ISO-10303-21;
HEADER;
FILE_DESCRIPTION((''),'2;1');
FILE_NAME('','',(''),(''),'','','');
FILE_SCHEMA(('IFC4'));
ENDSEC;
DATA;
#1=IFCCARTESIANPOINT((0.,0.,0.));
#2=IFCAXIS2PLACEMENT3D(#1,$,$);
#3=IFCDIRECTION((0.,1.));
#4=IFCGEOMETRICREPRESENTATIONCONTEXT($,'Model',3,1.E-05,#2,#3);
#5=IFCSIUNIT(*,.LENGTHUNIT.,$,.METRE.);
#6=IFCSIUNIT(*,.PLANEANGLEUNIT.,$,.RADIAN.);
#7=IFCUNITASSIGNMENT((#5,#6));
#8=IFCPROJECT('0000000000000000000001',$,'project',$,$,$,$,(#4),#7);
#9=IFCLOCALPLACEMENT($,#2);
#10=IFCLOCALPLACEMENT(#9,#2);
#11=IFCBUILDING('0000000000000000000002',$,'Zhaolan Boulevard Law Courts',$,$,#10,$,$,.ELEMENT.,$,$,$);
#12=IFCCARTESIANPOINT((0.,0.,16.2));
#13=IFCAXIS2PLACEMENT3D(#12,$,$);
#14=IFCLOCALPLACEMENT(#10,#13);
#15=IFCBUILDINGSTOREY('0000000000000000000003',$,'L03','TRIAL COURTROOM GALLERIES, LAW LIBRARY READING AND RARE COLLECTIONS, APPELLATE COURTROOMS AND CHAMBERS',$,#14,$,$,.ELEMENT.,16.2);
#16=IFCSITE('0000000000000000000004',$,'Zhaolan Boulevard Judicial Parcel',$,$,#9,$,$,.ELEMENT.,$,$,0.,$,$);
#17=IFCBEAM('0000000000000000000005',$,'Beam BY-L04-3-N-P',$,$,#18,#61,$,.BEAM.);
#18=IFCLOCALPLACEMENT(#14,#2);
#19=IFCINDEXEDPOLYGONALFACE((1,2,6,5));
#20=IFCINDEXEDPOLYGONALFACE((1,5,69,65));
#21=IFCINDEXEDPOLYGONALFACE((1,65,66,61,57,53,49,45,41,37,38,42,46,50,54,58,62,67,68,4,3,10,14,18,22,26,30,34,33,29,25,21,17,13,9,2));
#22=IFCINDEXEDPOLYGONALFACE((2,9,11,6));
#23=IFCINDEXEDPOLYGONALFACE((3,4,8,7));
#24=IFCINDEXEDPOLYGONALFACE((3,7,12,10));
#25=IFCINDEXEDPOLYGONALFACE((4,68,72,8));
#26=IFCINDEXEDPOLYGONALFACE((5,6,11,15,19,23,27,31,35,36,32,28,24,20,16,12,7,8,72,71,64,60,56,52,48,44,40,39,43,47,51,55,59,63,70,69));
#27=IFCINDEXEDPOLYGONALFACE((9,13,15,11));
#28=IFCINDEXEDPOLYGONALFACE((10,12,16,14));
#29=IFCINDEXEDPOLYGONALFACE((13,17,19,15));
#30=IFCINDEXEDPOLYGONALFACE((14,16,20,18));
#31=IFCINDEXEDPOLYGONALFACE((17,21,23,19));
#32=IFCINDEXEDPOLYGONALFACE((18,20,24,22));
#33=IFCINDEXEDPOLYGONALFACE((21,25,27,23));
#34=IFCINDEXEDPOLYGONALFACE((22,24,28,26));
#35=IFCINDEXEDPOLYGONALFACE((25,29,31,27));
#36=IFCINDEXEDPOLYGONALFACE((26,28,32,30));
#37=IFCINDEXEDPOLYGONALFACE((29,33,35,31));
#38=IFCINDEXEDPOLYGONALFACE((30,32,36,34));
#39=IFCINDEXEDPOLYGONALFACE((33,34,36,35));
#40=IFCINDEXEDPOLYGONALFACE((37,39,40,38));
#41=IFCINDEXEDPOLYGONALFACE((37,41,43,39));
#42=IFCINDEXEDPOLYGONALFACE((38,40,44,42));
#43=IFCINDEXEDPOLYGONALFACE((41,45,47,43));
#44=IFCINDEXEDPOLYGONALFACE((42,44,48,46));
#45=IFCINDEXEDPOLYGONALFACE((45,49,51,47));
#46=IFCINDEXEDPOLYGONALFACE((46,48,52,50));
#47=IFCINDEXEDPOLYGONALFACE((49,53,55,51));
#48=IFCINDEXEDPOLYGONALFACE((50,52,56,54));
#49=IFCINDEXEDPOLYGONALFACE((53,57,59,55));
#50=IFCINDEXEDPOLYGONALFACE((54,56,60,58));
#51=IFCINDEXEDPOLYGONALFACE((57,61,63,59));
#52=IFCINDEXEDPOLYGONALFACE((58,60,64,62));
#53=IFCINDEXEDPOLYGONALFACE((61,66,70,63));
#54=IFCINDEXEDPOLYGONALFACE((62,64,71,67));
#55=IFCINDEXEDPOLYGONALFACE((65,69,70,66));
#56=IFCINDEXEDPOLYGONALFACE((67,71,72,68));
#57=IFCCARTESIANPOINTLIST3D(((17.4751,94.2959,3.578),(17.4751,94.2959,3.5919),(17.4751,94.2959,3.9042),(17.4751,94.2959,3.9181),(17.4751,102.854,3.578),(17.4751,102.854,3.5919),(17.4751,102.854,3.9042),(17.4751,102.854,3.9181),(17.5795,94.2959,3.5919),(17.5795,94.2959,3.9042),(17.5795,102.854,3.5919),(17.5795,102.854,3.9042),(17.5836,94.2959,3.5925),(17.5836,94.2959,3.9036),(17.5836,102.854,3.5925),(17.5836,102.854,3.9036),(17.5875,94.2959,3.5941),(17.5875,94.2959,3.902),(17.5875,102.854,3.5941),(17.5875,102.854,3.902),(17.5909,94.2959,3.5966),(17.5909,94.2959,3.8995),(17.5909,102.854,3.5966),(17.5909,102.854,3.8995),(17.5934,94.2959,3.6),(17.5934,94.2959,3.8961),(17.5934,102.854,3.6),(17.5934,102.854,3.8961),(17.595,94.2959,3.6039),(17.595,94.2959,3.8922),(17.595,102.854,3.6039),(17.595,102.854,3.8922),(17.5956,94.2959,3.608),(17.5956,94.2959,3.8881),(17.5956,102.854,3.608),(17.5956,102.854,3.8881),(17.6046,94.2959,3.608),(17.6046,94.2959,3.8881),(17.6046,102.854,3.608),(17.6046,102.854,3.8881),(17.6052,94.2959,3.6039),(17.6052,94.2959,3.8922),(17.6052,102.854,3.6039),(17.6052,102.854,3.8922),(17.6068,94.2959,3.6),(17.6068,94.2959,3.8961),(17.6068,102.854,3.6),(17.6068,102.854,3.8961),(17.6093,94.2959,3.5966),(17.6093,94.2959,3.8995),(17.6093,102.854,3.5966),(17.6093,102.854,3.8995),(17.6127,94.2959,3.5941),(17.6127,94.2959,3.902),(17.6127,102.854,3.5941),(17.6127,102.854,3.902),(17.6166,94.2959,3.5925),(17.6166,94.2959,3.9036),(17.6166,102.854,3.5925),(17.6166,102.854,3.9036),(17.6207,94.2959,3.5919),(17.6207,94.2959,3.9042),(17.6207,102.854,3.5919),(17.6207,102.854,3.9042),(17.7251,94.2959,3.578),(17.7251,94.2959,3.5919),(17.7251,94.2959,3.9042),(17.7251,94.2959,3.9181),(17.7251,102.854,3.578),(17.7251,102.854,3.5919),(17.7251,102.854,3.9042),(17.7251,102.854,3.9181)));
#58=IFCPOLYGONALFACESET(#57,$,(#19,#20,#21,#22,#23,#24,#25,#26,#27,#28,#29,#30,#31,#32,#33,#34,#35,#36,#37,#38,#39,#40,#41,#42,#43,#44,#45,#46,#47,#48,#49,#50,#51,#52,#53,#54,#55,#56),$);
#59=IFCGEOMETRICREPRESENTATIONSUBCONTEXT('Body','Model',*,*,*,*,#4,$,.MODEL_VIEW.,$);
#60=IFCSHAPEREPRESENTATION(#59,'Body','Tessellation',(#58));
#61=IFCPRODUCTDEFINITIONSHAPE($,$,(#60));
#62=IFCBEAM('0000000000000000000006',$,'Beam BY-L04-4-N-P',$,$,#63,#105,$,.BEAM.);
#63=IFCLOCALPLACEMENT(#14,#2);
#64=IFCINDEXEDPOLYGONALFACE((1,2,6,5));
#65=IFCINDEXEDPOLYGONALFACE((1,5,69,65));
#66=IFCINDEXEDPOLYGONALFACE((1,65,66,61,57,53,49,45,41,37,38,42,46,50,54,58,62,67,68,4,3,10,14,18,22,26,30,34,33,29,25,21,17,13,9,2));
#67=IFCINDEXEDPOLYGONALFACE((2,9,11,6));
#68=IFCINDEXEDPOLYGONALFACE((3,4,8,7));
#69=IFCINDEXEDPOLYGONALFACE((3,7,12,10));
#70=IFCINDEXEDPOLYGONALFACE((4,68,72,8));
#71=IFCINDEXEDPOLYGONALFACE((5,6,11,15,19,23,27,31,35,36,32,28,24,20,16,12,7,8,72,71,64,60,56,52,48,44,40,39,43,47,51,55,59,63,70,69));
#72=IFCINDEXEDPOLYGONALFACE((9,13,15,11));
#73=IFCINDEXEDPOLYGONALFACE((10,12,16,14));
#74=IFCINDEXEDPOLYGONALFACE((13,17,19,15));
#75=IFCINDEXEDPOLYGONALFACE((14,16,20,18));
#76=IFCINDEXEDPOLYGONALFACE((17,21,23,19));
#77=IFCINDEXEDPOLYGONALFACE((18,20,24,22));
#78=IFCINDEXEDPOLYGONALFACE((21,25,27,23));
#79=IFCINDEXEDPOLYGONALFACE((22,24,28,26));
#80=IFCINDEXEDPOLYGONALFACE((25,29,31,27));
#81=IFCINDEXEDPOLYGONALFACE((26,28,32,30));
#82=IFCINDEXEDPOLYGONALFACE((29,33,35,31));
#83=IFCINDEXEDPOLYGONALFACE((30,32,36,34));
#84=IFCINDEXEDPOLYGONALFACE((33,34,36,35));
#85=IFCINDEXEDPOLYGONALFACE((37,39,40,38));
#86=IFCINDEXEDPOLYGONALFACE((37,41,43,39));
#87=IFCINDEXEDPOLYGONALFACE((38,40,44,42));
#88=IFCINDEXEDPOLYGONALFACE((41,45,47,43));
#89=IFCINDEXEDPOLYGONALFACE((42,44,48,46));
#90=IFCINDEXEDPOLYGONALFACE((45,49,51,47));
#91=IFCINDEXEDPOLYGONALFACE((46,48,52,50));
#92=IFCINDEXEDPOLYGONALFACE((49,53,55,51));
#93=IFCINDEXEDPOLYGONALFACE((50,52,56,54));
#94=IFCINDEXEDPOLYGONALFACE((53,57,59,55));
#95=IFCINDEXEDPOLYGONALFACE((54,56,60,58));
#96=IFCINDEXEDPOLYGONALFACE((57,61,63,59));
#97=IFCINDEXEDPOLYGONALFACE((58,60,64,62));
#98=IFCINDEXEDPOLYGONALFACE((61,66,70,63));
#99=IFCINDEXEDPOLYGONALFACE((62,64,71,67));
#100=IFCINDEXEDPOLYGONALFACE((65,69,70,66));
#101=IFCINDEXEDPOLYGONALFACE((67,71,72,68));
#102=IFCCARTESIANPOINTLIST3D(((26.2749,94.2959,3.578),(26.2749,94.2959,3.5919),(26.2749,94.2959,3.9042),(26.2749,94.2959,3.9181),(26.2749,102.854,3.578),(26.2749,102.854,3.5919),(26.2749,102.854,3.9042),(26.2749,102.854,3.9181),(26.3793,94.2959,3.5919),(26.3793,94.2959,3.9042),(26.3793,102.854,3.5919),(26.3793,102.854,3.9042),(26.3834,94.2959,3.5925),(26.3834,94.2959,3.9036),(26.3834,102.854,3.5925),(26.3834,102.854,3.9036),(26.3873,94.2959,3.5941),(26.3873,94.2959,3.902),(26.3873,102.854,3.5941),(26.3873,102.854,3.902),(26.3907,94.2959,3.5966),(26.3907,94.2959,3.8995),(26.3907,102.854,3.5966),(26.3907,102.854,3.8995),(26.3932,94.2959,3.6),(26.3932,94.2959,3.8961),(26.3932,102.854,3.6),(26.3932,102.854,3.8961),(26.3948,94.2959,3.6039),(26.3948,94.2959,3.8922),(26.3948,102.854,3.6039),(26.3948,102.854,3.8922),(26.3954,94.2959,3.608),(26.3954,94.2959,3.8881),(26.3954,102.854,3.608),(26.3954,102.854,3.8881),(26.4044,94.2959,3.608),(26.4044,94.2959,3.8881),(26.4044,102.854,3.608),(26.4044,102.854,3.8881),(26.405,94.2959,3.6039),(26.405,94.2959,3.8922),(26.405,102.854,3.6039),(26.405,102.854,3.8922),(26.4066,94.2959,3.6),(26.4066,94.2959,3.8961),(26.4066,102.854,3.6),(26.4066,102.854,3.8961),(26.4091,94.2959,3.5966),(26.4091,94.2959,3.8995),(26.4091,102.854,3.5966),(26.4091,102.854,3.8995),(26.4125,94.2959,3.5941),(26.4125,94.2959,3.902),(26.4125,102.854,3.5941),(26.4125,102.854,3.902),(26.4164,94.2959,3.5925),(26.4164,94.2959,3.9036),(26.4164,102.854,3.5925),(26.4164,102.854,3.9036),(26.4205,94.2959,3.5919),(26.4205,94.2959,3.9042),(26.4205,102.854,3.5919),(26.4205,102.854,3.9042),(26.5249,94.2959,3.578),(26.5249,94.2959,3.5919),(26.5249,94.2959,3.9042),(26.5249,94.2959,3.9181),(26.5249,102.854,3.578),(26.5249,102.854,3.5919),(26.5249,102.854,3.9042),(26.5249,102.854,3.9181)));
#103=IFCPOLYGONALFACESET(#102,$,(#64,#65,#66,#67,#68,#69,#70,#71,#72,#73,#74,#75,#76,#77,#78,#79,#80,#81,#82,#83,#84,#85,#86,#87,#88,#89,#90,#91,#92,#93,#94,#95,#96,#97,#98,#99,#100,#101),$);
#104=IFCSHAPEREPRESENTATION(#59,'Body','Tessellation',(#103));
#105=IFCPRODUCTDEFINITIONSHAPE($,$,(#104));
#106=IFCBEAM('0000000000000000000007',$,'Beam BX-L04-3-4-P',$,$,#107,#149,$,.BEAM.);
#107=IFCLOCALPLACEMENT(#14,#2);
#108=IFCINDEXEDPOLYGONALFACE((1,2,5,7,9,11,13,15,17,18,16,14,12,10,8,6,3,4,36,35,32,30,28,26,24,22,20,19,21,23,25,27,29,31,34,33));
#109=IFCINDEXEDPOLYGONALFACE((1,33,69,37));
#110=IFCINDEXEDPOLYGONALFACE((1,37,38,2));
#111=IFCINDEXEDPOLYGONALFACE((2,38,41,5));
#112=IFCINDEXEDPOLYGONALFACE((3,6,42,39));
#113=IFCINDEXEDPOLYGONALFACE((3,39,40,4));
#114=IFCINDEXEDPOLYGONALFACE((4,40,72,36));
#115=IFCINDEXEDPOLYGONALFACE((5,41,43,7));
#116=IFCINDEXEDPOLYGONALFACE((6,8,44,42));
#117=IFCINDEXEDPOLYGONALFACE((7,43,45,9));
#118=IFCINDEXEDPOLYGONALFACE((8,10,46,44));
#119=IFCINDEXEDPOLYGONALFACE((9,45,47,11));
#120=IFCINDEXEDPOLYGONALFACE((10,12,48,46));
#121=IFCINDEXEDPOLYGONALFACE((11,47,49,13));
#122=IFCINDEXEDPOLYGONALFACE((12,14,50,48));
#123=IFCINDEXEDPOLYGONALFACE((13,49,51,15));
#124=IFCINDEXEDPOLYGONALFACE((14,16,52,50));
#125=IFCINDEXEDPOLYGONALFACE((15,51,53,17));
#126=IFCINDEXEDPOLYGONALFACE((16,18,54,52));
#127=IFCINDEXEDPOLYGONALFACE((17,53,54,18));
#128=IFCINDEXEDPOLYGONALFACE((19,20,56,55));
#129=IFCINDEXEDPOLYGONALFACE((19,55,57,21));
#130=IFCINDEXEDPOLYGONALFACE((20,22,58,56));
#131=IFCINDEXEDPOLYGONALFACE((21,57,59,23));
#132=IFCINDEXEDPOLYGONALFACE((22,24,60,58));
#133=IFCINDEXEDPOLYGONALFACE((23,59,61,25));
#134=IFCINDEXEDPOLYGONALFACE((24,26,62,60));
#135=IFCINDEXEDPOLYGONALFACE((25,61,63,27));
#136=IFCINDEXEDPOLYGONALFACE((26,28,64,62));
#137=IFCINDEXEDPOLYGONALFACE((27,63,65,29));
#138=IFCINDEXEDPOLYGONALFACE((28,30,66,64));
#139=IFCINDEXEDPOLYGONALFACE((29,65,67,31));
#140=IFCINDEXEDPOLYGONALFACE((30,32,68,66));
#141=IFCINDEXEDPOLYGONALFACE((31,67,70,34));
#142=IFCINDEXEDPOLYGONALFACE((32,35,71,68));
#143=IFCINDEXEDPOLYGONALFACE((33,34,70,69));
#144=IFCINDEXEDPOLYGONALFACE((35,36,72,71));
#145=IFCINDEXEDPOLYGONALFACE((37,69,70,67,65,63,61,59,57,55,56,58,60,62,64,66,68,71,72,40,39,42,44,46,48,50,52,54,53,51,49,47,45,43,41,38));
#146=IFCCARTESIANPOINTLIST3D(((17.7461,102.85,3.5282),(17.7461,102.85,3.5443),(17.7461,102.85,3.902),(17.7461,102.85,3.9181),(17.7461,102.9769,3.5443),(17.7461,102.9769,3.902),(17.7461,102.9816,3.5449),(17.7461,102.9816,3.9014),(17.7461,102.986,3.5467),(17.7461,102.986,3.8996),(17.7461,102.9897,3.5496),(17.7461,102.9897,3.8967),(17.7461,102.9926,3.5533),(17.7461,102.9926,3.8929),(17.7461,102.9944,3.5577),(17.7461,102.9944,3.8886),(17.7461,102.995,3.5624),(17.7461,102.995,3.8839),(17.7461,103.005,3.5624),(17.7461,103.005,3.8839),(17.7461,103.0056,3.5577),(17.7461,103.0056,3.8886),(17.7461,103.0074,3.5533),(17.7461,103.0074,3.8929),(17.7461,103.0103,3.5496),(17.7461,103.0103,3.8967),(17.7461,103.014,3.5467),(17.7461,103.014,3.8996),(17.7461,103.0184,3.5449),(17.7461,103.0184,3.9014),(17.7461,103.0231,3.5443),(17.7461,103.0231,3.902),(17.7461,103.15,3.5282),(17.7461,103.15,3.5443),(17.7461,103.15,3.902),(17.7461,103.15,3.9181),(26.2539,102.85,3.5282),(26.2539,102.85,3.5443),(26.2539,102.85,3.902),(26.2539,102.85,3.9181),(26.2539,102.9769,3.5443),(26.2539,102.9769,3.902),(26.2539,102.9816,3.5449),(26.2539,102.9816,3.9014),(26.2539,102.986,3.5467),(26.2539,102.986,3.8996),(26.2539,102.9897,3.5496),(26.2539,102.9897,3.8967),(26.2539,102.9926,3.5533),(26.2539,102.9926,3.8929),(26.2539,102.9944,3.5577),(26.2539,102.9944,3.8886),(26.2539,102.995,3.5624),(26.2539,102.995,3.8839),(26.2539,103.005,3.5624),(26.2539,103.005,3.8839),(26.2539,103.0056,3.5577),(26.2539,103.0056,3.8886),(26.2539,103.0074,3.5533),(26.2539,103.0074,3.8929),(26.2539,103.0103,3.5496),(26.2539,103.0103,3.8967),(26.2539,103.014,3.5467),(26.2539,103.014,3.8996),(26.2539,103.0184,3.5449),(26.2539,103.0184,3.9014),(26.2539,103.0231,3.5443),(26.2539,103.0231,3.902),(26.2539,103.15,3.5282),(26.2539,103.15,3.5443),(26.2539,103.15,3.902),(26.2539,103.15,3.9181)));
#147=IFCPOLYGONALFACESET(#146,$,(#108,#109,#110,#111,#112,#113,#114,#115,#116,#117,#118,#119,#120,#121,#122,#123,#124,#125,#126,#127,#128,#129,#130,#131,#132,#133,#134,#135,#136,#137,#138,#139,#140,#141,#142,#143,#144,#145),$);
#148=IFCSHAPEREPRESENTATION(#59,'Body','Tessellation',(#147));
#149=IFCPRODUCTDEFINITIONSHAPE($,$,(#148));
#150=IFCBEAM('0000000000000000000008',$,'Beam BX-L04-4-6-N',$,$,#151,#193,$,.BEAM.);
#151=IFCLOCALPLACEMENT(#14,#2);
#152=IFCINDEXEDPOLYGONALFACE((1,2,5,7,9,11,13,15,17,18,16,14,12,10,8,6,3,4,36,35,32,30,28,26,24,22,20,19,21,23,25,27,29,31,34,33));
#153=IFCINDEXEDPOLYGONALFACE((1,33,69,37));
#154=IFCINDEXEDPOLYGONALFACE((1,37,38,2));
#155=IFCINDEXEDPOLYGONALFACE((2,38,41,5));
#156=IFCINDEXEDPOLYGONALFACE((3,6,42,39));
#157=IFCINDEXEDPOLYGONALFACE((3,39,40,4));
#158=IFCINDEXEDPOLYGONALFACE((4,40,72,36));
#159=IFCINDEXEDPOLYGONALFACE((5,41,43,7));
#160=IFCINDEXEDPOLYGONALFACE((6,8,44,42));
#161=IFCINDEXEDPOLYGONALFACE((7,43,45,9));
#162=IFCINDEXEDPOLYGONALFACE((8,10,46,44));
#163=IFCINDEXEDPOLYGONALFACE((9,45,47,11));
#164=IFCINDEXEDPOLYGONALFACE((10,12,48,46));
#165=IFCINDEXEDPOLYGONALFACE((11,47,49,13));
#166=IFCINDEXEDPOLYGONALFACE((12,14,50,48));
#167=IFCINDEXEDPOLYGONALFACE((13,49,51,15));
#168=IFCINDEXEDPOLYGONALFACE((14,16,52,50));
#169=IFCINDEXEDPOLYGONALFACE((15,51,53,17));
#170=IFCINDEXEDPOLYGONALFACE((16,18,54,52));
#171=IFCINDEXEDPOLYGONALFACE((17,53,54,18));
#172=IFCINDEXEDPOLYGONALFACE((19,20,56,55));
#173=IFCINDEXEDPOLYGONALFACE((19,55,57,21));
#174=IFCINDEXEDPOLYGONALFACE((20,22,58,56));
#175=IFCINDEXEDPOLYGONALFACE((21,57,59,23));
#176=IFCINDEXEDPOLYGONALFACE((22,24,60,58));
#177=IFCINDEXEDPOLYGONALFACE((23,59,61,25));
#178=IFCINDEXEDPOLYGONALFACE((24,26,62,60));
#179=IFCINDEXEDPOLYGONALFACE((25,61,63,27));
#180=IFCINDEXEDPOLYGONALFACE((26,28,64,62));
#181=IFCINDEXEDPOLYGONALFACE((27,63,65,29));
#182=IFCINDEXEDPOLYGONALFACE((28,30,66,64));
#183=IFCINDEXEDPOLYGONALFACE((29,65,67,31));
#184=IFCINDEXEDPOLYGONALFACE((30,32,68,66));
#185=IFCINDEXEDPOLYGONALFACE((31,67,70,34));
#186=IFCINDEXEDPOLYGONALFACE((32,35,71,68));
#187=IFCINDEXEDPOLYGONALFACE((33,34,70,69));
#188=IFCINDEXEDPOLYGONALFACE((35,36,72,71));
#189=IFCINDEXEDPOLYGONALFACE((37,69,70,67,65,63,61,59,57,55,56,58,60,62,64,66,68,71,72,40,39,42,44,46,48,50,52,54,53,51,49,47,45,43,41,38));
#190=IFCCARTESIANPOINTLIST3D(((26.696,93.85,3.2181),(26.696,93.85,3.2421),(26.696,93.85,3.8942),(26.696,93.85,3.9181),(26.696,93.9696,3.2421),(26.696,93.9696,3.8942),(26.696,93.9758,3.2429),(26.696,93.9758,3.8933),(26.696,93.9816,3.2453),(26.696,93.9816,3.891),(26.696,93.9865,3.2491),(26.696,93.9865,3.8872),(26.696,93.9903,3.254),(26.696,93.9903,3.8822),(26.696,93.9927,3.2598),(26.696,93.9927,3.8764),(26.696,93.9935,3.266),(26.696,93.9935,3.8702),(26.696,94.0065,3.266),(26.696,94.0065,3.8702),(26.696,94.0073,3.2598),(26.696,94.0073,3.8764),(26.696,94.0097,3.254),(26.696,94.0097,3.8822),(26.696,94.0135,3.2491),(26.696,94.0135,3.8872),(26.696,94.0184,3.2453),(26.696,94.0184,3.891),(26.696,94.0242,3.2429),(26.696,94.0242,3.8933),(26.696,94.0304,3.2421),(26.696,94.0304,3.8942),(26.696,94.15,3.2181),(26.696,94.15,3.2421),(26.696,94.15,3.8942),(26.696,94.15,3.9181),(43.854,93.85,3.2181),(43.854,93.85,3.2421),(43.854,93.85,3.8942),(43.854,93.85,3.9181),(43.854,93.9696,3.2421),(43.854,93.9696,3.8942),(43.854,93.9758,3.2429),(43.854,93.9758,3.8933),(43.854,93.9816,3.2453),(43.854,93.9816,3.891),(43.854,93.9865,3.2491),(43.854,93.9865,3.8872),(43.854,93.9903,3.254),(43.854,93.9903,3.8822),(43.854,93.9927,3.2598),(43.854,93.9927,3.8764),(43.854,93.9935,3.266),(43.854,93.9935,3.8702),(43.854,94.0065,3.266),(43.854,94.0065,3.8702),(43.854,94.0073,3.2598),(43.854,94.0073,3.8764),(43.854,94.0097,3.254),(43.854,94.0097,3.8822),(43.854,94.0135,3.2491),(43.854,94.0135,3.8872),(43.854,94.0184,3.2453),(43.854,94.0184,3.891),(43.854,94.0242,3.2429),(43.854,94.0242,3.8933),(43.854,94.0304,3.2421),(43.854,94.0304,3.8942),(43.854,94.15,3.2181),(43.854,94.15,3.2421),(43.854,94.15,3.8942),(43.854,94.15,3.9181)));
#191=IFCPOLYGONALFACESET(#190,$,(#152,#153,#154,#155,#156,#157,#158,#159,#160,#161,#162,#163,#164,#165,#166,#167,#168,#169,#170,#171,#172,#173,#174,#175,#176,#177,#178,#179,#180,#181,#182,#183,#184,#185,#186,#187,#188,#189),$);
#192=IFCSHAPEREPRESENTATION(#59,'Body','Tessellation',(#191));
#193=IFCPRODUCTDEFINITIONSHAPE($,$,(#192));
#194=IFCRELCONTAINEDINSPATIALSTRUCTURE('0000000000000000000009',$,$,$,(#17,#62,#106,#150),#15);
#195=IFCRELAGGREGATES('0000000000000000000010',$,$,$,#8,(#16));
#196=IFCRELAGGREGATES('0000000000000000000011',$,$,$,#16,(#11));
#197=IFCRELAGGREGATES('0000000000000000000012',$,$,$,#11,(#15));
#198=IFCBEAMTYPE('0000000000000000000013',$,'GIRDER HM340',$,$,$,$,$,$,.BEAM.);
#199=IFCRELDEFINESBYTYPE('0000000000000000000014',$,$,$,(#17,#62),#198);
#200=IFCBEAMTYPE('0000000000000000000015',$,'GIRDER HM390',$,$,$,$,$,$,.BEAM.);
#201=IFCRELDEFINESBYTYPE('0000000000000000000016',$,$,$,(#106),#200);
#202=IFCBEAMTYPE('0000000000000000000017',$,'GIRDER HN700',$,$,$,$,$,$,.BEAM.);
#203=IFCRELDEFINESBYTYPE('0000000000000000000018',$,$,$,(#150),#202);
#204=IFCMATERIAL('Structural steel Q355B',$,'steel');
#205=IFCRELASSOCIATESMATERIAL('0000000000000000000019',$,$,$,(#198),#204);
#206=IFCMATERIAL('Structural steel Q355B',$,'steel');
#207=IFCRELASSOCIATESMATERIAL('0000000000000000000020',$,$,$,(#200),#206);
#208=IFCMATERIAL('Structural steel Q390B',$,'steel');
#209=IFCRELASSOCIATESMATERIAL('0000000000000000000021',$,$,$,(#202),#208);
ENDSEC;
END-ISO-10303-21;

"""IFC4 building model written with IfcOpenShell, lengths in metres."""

from ifc_helpers import new_model, si_unit, direction, frame, origin, origin_2d, place, context, subcontext, project, spatial, i_section, extrude, material, material_profile, profile_set, type_object, element, save


model = new_model("IFC4")

# Units and contexts
model_context = context("Model", 3, precision=1e-05, world=origin(), true_north=direction((0.0, 1.0)))
body_context = subcontext(model_context, "Body", "Model", "MODEL_VIEW")
ifc_project = project(units=[si_unit("LENGTHUNIT", "METRE"), si_unit("PLANEANGLEUNIT", "RADIAN")], contexts=[model_context])

# Site, building, storey
site_placement = place(None, origin())
site = spatial("IfcSite", under=ifc_project, at=site_placement, Name="Zhaolan Boulevard Judicial Parcel", CompositionType="ELEMENT", RefElevation=0.0)
building_placement = place(site_placement, origin())
building = spatial("IfcBuilding", under=site, at=building_placement, Name="Zhaolan Boulevard Law Courts", CompositionType="ELEMENT")
storey_placement = place(building_placement, frame((0.0, 0.0, 16.2)))
storey = spatial("IfcBuildingStorey", under=building, at=storey_placement, Name="L03", Description="TRIAL COURTROOM GALLERIES, LAW LIBRARY READING AND RARE COLLECTIONS, APPELLATE COURTROOMS AND CHAMBERS", CompositionType="ELEMENT", Elevation=16.2)

# Beams
ifc_material_1 = material(Name="Structural steel Q355B", Category="steel")
ifc_material_profile_1 = material_profile(ifc_material_1, i_section(OverallWidth=0.25, OverallDepth=0.3401, WebThickness=0.009, FlangeThickness=0.0139, FilletRadius=0.0161, at=origin_2d()), Name="HM340x250")
ifc_profile_set_1 = profile_set([ifc_material_profile_1], Name="Structural steel Q355B")
beam_type_1 = type_object("IfcBeamType", Name="GIRDER HM340", PredefinedType="BEAM", material=ifc_profile_set_1)
for number, where, z_axis, x_axis, name in (
    (1, (17.6001, 94.2959, 3.748), (0.0, 1.0, 0.0), (-1.0, 0.0, 0.0), "Beam BY-L04-3-N-P"),
    (2, (26.3999, 94.2959, 3.748), (0.0, 1.0, 0.0), (-1.0, 0.0, 0.0), "Beam BY-L04-4-N-P"),
):
    element("IfcBeam", number, at=place(storey_placement, frame(where, z_axis=z_axis, x_axis=x_axis)), inside=storey, type_object=beam_type_1, Name=name, PredefinedType="BEAM", context=body_context, shape_type="SweptSolid", body=[
        extrude(i_section(OverallWidth=0.25, OverallDepth=0.3401, WebThickness=0.009, FlangeThickness=0.0139, FilletRadius=0.0161, at=origin_2d()), origin(), (0.0, 0.0, 1.0), 8.5581),
    ])
ifc_material_2 = material(Name="Structural steel Q355B", Category="steel")
ifc_material_profile_2 = material_profile(ifc_material_2, i_section(OverallWidth=0.3, OverallDepth=0.3899, WebThickness=0.01, FlangeThickness=0.0161, FilletRadius=0.0181, at=origin_2d()), Name="HM390x300")
ifc_profile_set_2 = profile_set([ifc_material_profile_2], Name="Structural steel Q355B")
beam_type_2 = type_object("IfcBeamType", Name="GIRDER HM390", PredefinedType="BEAM", material=ifc_profile_set_2)
beam_1_placement = place(storey_placement, frame((17.7461, 103.0, 3.7231), z_axis=(1.0, 0.0, 0.0), x_axis=(0.0, 1.0, 0.0)))
element("IfcBeam", 3, at=beam_1_placement, inside=storey, type_object=beam_type_2, Name="Beam BX-L04-3-4-P", PredefinedType="BEAM", context=body_context, shape_type="SweptSolid", body=[
    extrude(i_section(OverallWidth=0.3, OverallDepth=0.3899, WebThickness=0.01, FlangeThickness=0.0161, FilletRadius=0.0181, at=origin_2d()), origin(), (0.0, 0.0, 1.0), 8.5078),
])
ifc_material_3 = material(Name="Structural steel Q390B", Category="steel")
ifc_material_profile_3 = material_profile(ifc_material_3, i_section(OverallWidth=0.3, OverallDepth=0.7, WebThickness=0.0129, FlangeThickness=0.0239, FilletRadius=0.0239, at=origin_2d()), Name="HN700x300")
ifc_profile_set_3 = profile_set([ifc_material_profile_3], Name="Structural steel Q390B")
beam_type_3 = type_object("IfcBeamType", Name="GIRDER HN700", PredefinedType="BEAM", material=ifc_profile_set_3)
beam_2_placement = place(storey_placement, frame((26.696, 94.0, 3.5681), z_axis=(1.0, 0.0, 0.0), x_axis=(0.0, 1.0, 0.0)))
element("IfcBeam", 4, at=beam_2_placement, inside=storey, type_object=beam_type_3, Name="Beam BX-L04-4-6-N", PredefinedType="BEAM", context=body_context, shape_type="SweptSolid", body=[
    extrude(i_section(OverallWidth=0.3, OverallDepth=0.7, WebThickness=0.0129, FlangeThickness=0.0239, FilletRadius=0.0239, at=origin_2d()), origin(), (0.0, 0.0, 1.0), 17.158),
])

save(model, "model.ifc")
